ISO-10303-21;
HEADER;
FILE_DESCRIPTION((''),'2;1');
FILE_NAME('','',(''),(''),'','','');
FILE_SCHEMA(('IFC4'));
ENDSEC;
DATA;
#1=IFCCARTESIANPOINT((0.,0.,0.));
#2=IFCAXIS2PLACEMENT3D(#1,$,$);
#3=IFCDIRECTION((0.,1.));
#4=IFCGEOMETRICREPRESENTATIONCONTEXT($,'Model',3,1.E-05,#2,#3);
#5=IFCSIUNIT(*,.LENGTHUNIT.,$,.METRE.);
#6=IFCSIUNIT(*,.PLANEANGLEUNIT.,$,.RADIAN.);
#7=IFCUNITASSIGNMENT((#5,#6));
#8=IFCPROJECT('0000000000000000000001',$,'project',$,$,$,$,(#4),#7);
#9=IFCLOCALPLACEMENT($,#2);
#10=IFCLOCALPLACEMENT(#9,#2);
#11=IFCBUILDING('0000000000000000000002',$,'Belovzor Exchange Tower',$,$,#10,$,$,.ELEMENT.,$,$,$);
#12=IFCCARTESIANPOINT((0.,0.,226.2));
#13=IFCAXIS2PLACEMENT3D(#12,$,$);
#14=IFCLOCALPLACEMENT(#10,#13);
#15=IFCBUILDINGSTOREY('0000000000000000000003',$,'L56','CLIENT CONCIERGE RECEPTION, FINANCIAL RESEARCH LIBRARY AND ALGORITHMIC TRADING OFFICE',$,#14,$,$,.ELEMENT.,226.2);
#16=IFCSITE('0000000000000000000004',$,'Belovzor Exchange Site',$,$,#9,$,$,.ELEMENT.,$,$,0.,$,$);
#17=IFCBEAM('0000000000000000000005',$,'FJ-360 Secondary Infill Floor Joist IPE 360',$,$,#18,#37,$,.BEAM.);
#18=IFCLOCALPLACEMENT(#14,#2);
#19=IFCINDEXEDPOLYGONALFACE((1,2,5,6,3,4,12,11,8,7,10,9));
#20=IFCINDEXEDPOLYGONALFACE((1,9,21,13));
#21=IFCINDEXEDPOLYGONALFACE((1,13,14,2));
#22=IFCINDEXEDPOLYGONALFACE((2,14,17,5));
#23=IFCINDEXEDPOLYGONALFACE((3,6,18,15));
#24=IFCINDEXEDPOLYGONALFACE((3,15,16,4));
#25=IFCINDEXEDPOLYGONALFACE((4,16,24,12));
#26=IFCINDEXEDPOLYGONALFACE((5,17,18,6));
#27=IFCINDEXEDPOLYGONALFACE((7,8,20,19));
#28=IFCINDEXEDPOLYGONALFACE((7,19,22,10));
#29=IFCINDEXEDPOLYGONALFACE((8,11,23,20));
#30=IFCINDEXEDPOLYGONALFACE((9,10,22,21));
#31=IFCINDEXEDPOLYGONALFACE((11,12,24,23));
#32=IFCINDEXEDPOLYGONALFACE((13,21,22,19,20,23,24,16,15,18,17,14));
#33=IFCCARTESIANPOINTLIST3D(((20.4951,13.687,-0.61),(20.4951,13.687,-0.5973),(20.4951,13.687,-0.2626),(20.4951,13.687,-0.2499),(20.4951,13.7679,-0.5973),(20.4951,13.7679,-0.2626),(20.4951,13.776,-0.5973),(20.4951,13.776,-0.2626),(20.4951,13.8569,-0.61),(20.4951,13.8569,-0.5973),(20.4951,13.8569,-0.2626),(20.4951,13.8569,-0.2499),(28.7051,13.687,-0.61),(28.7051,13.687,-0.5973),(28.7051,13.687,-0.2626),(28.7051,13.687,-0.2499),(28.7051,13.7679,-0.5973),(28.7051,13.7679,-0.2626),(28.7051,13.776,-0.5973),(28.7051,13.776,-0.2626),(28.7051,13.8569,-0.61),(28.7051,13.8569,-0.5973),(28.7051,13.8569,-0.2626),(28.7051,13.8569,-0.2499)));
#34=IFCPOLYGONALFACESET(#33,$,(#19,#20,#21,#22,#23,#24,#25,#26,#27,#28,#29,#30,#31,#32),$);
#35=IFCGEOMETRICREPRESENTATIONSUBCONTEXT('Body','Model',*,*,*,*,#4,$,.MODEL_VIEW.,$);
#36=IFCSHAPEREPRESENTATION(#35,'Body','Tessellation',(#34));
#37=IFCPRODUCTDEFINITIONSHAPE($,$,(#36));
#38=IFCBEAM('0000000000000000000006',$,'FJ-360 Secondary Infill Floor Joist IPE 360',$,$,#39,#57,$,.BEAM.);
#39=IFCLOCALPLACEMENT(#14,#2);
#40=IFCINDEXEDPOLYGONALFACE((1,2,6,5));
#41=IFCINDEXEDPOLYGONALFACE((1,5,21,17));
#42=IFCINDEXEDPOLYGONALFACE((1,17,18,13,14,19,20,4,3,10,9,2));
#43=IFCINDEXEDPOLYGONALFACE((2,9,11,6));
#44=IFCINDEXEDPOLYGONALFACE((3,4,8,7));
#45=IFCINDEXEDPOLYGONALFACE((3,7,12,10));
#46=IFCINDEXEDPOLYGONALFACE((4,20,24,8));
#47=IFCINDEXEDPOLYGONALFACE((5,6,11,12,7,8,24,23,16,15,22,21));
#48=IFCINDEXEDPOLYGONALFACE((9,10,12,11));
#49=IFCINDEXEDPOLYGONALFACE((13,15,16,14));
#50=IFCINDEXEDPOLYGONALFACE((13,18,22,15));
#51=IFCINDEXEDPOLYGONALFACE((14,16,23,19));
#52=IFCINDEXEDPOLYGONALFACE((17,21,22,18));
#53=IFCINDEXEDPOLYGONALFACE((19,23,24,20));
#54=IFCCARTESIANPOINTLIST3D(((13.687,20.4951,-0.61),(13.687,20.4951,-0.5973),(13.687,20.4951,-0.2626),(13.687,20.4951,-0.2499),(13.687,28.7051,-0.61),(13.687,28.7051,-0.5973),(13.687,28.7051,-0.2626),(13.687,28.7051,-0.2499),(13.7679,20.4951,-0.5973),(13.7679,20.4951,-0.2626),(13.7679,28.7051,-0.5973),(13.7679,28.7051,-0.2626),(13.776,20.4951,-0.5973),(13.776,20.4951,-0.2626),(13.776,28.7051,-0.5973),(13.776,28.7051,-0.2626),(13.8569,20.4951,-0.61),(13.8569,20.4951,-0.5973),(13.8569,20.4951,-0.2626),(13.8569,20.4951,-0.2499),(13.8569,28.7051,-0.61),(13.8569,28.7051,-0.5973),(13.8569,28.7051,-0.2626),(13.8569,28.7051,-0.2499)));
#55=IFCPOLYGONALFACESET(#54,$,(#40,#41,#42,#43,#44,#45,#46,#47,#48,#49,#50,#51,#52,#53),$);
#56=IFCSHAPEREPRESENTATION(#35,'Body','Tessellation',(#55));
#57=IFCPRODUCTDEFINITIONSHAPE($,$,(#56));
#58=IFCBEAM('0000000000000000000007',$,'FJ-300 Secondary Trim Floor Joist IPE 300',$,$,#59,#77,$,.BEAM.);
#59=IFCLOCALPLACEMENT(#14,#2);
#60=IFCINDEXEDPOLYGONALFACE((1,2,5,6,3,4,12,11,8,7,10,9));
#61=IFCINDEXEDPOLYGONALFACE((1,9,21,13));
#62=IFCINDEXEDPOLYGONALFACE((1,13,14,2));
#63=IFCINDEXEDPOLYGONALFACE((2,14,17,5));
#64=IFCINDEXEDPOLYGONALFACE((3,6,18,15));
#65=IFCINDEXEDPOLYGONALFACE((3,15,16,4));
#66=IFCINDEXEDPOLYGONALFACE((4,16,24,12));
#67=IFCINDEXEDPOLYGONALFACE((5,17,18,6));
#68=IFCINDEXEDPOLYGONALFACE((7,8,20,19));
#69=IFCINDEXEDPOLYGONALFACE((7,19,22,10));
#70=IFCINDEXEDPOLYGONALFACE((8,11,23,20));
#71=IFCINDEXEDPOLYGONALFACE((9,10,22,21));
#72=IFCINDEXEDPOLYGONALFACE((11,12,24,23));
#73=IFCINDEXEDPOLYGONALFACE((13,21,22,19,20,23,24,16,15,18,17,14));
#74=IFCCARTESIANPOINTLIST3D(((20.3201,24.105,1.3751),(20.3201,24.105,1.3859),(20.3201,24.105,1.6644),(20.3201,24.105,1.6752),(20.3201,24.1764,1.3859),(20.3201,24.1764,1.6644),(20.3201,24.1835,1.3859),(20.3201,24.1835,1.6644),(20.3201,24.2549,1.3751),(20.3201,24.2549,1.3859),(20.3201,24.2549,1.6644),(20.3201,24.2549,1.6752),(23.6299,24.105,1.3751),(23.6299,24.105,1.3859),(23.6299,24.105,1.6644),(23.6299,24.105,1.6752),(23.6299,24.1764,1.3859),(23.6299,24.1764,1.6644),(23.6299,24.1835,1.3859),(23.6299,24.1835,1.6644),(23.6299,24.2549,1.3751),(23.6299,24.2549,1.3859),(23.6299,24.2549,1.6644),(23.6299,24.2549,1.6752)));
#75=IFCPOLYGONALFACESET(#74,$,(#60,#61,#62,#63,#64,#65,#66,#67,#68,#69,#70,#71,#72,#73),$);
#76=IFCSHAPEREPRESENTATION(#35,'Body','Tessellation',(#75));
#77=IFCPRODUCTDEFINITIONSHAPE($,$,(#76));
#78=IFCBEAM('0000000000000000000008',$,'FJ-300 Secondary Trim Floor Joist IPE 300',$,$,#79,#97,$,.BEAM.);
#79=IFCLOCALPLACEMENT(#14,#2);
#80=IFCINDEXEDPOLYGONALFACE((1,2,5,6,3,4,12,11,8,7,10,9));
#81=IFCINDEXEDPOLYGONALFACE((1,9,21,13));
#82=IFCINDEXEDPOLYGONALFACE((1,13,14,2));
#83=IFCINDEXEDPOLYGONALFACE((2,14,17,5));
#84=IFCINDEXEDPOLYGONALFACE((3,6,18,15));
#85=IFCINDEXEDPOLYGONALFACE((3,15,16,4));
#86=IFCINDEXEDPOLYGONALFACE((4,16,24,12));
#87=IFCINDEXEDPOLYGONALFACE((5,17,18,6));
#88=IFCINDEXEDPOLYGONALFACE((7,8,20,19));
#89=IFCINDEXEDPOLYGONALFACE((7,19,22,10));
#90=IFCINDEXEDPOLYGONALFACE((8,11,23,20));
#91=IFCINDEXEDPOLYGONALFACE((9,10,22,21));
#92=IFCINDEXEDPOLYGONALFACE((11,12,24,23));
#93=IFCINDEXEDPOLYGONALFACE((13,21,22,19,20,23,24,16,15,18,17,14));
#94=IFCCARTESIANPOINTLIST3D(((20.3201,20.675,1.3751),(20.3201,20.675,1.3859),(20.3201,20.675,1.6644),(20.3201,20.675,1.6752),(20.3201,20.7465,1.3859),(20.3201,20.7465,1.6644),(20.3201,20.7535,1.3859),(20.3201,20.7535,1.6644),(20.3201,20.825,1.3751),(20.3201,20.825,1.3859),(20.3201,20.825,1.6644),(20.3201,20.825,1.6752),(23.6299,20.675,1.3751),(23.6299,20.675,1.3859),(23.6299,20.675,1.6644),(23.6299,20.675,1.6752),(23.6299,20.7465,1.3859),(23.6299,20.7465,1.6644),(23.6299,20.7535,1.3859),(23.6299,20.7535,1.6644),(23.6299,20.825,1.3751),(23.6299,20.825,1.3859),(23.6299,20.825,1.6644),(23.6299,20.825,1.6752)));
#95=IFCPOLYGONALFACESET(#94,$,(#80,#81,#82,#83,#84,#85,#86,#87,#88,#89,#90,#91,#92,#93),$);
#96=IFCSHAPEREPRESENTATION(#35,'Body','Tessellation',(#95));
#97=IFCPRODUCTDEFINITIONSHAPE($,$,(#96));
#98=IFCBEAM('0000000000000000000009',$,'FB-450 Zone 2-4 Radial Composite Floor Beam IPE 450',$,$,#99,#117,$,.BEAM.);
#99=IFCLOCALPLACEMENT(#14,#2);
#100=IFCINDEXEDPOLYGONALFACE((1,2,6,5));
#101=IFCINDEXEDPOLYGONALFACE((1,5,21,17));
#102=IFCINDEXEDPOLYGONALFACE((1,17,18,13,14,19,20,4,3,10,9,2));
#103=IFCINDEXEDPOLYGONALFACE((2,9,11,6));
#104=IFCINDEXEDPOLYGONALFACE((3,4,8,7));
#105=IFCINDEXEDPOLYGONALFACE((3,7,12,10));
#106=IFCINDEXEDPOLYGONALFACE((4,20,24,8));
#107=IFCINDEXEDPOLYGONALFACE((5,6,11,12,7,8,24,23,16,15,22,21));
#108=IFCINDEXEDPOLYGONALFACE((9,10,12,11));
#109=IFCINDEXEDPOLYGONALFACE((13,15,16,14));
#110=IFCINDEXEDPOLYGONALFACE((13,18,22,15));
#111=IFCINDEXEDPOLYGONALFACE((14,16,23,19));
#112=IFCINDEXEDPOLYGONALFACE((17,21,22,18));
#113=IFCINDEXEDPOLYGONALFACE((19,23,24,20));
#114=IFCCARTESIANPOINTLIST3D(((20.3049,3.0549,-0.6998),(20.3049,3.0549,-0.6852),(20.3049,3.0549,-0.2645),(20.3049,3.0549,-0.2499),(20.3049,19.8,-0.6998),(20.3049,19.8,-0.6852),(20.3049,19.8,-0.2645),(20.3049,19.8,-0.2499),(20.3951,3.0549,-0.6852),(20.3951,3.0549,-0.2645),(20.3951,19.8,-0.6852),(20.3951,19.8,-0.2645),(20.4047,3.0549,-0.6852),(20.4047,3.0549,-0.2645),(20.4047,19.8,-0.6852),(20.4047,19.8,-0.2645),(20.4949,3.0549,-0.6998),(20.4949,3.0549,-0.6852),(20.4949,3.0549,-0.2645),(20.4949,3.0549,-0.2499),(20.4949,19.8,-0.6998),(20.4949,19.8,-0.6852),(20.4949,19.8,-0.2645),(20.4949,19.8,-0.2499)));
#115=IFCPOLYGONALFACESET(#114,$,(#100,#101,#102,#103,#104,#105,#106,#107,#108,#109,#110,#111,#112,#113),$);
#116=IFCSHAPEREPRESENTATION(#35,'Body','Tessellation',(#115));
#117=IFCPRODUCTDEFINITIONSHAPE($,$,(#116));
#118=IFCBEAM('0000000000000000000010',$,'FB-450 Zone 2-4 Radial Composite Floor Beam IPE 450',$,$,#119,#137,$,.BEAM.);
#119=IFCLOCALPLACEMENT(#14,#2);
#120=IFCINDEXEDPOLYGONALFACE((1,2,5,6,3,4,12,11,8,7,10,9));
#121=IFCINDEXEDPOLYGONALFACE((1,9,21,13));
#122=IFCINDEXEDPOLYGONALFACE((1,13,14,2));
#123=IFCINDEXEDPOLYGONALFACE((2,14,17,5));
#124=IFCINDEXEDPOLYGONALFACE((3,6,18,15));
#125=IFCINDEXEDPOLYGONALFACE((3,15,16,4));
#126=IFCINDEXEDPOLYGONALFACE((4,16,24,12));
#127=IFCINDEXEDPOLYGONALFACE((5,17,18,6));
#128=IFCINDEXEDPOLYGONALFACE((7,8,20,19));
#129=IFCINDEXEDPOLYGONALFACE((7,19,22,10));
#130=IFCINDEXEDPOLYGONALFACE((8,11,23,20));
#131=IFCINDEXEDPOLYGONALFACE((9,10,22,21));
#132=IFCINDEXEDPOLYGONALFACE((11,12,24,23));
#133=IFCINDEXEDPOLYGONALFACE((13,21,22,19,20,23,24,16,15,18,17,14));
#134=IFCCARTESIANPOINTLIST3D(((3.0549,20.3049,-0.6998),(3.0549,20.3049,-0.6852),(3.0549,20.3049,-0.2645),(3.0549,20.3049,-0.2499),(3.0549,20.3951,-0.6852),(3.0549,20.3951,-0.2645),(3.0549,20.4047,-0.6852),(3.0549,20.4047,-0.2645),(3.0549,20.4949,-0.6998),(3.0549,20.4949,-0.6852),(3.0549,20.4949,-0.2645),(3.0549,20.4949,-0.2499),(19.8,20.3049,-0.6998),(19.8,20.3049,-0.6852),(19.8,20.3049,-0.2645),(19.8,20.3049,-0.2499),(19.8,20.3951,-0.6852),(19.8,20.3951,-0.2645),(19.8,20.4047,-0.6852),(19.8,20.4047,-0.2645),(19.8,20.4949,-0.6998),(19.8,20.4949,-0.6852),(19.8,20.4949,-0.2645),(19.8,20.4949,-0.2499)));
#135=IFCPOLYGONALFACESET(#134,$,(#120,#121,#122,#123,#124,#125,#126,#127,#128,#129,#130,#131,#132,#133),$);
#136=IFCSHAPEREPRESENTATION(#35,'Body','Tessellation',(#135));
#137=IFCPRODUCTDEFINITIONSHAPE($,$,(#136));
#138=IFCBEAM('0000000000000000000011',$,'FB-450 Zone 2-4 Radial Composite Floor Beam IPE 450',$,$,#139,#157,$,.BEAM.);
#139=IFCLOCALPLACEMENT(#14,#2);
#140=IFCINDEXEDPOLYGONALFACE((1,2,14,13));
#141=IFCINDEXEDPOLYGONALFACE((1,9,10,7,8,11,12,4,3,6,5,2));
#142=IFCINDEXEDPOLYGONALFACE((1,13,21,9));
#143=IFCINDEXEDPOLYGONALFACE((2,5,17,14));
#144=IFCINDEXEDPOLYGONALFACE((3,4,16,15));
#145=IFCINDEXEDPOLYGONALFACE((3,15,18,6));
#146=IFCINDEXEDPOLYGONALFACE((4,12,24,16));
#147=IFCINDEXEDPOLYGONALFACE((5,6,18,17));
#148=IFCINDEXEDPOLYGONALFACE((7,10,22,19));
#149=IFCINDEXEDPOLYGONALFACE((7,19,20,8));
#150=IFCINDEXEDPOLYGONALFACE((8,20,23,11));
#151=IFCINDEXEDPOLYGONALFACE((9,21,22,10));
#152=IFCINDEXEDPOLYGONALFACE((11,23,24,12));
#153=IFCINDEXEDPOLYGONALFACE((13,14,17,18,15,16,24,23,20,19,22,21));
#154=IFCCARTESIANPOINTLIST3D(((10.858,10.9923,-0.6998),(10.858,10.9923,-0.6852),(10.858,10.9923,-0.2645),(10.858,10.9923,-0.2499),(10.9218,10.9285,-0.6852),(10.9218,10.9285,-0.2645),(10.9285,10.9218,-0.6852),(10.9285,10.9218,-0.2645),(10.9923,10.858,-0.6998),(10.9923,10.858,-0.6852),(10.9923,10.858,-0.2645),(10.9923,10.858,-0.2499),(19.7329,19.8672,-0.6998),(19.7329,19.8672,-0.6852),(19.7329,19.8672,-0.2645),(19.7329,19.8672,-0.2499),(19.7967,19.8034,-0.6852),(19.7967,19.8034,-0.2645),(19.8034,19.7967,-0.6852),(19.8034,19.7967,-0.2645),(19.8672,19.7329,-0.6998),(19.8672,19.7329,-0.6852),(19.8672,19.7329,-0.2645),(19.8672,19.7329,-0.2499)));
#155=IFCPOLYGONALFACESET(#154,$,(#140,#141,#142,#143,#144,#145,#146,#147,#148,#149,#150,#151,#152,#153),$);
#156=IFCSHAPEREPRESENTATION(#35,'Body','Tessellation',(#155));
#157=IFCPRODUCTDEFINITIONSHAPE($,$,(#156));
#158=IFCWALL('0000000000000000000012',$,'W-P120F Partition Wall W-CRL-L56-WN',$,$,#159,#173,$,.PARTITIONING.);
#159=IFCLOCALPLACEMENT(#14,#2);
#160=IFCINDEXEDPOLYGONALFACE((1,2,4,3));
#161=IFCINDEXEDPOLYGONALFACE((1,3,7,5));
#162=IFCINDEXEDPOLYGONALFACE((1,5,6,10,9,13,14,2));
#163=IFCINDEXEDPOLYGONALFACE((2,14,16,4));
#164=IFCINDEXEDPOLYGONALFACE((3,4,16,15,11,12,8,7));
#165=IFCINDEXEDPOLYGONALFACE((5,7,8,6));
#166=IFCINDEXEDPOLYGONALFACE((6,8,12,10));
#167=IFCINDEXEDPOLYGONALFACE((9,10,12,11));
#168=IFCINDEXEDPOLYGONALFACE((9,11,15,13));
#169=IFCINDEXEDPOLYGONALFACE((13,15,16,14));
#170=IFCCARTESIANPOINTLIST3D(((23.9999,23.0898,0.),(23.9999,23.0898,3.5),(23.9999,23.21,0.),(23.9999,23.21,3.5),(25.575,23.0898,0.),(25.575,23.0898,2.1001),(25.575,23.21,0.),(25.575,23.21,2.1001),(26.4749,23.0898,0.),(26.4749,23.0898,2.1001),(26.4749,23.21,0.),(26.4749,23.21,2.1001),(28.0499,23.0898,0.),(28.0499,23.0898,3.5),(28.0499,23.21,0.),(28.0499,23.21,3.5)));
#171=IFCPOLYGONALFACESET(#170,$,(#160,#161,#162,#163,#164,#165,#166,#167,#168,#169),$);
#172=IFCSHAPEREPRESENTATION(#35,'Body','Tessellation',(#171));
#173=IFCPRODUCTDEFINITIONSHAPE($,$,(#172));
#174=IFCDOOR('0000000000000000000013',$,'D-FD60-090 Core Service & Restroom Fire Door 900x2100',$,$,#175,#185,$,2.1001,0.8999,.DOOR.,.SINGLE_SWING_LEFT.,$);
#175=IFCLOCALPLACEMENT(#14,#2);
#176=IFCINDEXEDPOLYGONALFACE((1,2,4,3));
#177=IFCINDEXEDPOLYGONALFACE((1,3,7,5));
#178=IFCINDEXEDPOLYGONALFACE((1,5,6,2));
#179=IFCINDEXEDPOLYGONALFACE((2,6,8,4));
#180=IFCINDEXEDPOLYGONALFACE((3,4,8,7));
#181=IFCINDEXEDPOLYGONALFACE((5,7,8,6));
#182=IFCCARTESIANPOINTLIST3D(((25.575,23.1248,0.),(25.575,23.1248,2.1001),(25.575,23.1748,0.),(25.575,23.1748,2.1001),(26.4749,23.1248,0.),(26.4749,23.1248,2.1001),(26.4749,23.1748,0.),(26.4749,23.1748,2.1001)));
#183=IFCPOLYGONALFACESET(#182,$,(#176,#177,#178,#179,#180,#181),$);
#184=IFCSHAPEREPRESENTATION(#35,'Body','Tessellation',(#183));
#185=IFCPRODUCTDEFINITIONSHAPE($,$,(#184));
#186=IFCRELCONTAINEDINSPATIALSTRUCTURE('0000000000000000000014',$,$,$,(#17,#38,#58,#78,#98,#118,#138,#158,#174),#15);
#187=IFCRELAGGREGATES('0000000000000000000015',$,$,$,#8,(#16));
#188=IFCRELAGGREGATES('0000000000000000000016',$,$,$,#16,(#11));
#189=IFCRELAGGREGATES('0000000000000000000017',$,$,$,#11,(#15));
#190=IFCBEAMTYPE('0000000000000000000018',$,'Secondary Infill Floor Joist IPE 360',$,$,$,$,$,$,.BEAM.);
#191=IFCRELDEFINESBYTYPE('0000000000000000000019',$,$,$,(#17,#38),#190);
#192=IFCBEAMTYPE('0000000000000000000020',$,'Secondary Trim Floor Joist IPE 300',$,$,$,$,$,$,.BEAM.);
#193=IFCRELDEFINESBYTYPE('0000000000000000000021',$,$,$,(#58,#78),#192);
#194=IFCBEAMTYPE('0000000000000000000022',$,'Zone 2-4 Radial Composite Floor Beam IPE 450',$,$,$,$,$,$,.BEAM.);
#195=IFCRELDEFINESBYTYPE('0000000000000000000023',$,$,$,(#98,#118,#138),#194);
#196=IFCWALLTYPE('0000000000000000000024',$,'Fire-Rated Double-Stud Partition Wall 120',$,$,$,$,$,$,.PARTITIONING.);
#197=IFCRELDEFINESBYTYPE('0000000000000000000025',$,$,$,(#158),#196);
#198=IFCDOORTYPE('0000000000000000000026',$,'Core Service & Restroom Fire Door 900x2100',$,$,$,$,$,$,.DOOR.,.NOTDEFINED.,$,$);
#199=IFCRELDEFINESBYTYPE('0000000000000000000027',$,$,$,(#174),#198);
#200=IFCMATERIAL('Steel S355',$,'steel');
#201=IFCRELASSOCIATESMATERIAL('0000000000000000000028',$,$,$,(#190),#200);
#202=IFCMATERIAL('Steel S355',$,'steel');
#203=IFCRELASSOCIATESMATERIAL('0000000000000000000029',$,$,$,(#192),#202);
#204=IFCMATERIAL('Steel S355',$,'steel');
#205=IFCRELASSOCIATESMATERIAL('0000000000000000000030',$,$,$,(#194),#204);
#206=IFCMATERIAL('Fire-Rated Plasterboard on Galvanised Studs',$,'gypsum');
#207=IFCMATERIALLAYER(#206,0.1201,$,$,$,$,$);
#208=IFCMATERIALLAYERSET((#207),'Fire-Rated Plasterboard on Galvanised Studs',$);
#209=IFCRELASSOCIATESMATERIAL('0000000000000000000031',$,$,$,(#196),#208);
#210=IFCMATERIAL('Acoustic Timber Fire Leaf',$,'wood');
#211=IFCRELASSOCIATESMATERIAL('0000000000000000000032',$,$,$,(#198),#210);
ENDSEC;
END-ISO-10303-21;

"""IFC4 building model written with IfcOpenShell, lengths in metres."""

from ifc_helpers import new_model, si_unit, direction, frame, frame_2d, origin, origin_2d, place, context, subcontext, project, spatial, rectangle, i_section, extrude, material, layer, layer_set, material_profile, profile_set, type_object, element, fill, save


model = new_model("IFC4")

# Units and contexts
model_context = context("Model", 3, precision=1e-05, world=origin(), true_north=direction((0.0, 1.0)))
body_context = subcontext(model_context, "Body", "Model", "MODEL_VIEW")
ifc_project = project(units=[si_unit("LENGTHUNIT", "METRE"), si_unit("PLANEANGLEUNIT", "RADIAN")], contexts=[model_context])

# Site, building, storey
site_placement = place(None, origin())
site = spatial("IfcSite", under=ifc_project, at=site_placement, Name="Belovzor Exchange Site", CompositionType="ELEMENT", RefElevation=0.0)
building_placement = place(site_placement, origin())
building = spatial("IfcBuilding", under=site, at=building_placement, Name="Belovzor Exchange Tower", CompositionType="ELEMENT")
storey_placement = place(building_placement, frame((0.0, 0.0, 226.2)))
storey = spatial("IfcBuildingStorey", under=building, at=storey_placement, Name="L56", Description="CLIENT CONCIERGE RECEPTION, FINANCIAL RESEARCH LIBRARY AND ALGORITHMIC TRADING OFFICE", CompositionType="ELEMENT", Elevation=226.2)

# Beams
ifc_material_1 = material(Name="Steel S355", Category="steel")
ifc_material_profile_1 = material_profile(ifc_material_1, i_section(OverallWidth=0.1699, OverallDepth=0.3601, WebThickness=0.0081, FlangeThickness=0.0127, at=origin_2d()))
ifc_profile_set_1 = profile_set([ifc_material_profile_1], Name="Steel S355")
beam_type_1 = type_object("IfcBeamType", Name="Secondary Infill Floor Joist IPE 360", PredefinedType="BEAM", material=ifc_profile_set_1)
for number, where, z_axis, x_axis, name in (
    (1, (20.4951, 13.772, -0.4299), (1.0, 0.0, 0.0), (0.0, 1.0, 0.0), "FJ-360 Secondary Infill Floor Joist IPE 360"),
    (2, (13.772, 20.4951, -0.4299), (0.0, 1.0, 0.0), (-1.0, 0.0, 0.0), "FJ-360 Secondary Infill Floor Joist IPE 360"),
):
    element("IfcBeam", number, at=place(storey_placement, frame(where, z_axis=z_axis, x_axis=x_axis)), inside=storey, type_object=beam_type_1, Name=name, PredefinedType="BEAM", context=body_context, shape_type="SweptSolid", body=[
        extrude(i_section(OverallWidth=0.1699, OverallDepth=0.3601, WebThickness=0.0081, FlangeThickness=0.0127, at=origin_2d()), origin(), (0.0, 0.0, 1.0), 8.21),
    ])
ifc_material_2 = material(Name="Steel S355", Category="steel")
ifc_material_profile_2 = material_profile(ifc_material_2, i_section(OverallWidth=0.1499, OverallDepth=0.3, WebThickness=0.0071, FlangeThickness=0.0107, at=origin_2d()))
ifc_profile_set_2 = profile_set([ifc_material_profile_2], Name="Steel S355")
beam_type_2 = type_object("IfcBeamType", Name="Secondary Trim Floor Joist IPE 300", PredefinedType="BEAM", material=ifc_profile_set_2)
for number, where, z_axis, x_axis, name in (
    (3, (20.3201, 24.1799, 1.5251), (1.0, 0.0, 0.0), (0.0, 1.0, 0.0), "FJ-300 Secondary Trim Floor Joist IPE 300"),
    (4, (20.3201, 20.75, 1.5251), (1.0, 0.0, 0.0), (0.0, 1.0, 0.0), "FJ-300 Secondary Trim Floor Joist IPE 300"),
):
    element("IfcBeam", number, at=place(storey_placement, frame(where, z_axis=z_axis, x_axis=x_axis)), inside=storey, type_object=beam_type_2, Name=name, PredefinedType="BEAM", context=body_context, shape_type="SweptSolid", body=[
        extrude(i_section(OverallWidth=0.1499, OverallDepth=0.3, WebThickness=0.0071, FlangeThickness=0.0107, at=origin_2d()), origin(), (0.0, 0.0, 1.0), 3.3098),
    ])
ifc_material_3 = material(Name="Steel S355", Category="steel")
ifc_material_profile_3 = material_profile(ifc_material_3, i_section(OverallWidth=0.1899, OverallDepth=0.45, WebThickness=0.0095, FlangeThickness=0.0146, at=origin_2d()))
ifc_profile_set_3 = profile_set([ifc_material_profile_3], Name="Steel S355")
beam_type_3 = type_object("IfcBeamType", Name="Zone 2-4 Radial Composite Floor Beam IPE 450", PredefinedType="BEAM", material=ifc_profile_set_3)
for number, where, z_axis, x_axis, name in (
    (5, (20.3999, 19.8, -0.4749), (0.0, -1.0, 0.0), (1.0, 0.0, 0.0), "FB-450 Zone 2-4 Radial Composite Floor Beam IPE 450"),
    (6, (19.8, 20.3999, -0.4749), (-1.0, 0.0, 0.0), (0.0, -1.0, 0.0), "FB-450 Zone 2-4 Radial Composite Floor Beam IPE 450"),
):
    element("IfcBeam", number, at=place(storey_placement, frame(where, z_axis=z_axis, x_axis=x_axis)), inside=storey, type_object=beam_type_3, Name=name, PredefinedType="BEAM", context=body_context, shape_type="SweptSolid", body=[
        extrude(i_section(OverallWidth=0.1899, OverallDepth=0.45, WebThickness=0.0095, FlangeThickness=0.0146, at=origin_2d()), origin(), (0.0, 0.0, 1.0), 16.7451),
    ])
beam_placement = place(storey_placement, frame((19.8, 19.8, -0.4749), z_axis=(-0.707107, -0.707107, 0.0), x_axis=(0.707107, -0.707107, 0.0)))
element("IfcBeam", 7, at=beam_placement, inside=storey, type_object=beam_type_3, Name="FB-450 Zone 2-4 Radial Composite Floor Beam IPE 450", PredefinedType="BEAM", context=body_context, shape_type="SweptSolid", body=[
    extrude(i_section(OverallWidth=0.1899, OverallDepth=0.45, WebThickness=0.0095, FlangeThickness=0.0146, at=origin_2d()), origin(), (0.0, 0.0, 1.0), 12.551),
])

# Wall, opening, door
ifc_material_4 = material(Name="Fire-Rated Plasterboard on Galvanised Studs", Category="gypsum")
ifc_layer_1 = layer(ifc_material_4, 0.1201)
ifc_layer_set_1 = layer_set([ifc_layer_1], Name="Fire-Rated Plasterboard on Galvanised Studs")
wall_type_1 = type_object("IfcWallType", Name="Fire-Rated Double-Stud Partition Wall 120", PredefinedType="PARTITIONING", material=ifc_layer_set_1)
wall_1_placement = place(storey_placement, frame((24.0, 23.1499, 0.0), z_axis=(0.0, 0.0, 1.0), x_axis=(1.0, 0.0, 0.0)))
wall_1 = element("IfcWall", 8, at=wall_1_placement, inside=storey, type_object=wall_type_1, Name="W-P120F Partition Wall W-CRL-L56-WN", PredefinedType="PARTITIONING", context=body_context, shape_type="SweptSolid", body=[
    extrude(rectangle(XDim=4.05, YDim=0.1201, at=frame_2d((2.0249, 0.0))), origin(), (0.0, 0.0, 1.0), 3.5),
])
opening_1_placement = place(wall_1_placement, frame((1.575, 0.0, 0.0)))
opening_1 = element("IfcOpeningElement", 9, at=opening_1_placement, cuts=wall_1, PredefinedType="OPENING", context=body_context, shape_type="SweptSolid", body=[
    extrude(rectangle(XDim=0.8999, YDim=2.1001, at=frame_2d((0.45, 1.05))), frame((0.0, 0.0701, 0.0), z_axis=(0.0, -1.0, 0.0), x_axis=(1.0, 0.0, 0.0)), (0.0, 0.0, 1.0), 0.1401),
])
ifc_material_5 = material(Name="Acoustic Timber Fire Leaf", Category="wood")
door_type_1 = type_object("IfcDoorType", Name="Core Service & Restroom Fire Door 900x2100", OperationType="NOTDEFINED", PredefinedType="DOOR", material=ifc_material_5)
door_1_placement = place(opening_1_placement, origin())
door_1 = element("IfcDoor", 10, at=door_1_placement, inside=storey, type_object=door_type_1, Name="D-FD60-090 Core Service & Restroom Fire Door 900x2100", OperationType="SINGLE_SWING_LEFT", OverallHeight=2.1001, OverallWidth=0.8999, PredefinedType="DOOR", context=body_context, shape_type="SweptSolid", body=[
    extrude(rectangle(XDim=0.8999, YDim=2.1001, at=frame_2d((0.45, 1.05))), frame((0.0, 0.0249, 0.0), z_axis=(0.0, -1.0, 0.0), x_axis=(1.0, 0.0, 0.0)), (0.0, 0.0, 1.0), 0.05),
])
fill(opening_1, door_1)

save(model, "model.ifc")
